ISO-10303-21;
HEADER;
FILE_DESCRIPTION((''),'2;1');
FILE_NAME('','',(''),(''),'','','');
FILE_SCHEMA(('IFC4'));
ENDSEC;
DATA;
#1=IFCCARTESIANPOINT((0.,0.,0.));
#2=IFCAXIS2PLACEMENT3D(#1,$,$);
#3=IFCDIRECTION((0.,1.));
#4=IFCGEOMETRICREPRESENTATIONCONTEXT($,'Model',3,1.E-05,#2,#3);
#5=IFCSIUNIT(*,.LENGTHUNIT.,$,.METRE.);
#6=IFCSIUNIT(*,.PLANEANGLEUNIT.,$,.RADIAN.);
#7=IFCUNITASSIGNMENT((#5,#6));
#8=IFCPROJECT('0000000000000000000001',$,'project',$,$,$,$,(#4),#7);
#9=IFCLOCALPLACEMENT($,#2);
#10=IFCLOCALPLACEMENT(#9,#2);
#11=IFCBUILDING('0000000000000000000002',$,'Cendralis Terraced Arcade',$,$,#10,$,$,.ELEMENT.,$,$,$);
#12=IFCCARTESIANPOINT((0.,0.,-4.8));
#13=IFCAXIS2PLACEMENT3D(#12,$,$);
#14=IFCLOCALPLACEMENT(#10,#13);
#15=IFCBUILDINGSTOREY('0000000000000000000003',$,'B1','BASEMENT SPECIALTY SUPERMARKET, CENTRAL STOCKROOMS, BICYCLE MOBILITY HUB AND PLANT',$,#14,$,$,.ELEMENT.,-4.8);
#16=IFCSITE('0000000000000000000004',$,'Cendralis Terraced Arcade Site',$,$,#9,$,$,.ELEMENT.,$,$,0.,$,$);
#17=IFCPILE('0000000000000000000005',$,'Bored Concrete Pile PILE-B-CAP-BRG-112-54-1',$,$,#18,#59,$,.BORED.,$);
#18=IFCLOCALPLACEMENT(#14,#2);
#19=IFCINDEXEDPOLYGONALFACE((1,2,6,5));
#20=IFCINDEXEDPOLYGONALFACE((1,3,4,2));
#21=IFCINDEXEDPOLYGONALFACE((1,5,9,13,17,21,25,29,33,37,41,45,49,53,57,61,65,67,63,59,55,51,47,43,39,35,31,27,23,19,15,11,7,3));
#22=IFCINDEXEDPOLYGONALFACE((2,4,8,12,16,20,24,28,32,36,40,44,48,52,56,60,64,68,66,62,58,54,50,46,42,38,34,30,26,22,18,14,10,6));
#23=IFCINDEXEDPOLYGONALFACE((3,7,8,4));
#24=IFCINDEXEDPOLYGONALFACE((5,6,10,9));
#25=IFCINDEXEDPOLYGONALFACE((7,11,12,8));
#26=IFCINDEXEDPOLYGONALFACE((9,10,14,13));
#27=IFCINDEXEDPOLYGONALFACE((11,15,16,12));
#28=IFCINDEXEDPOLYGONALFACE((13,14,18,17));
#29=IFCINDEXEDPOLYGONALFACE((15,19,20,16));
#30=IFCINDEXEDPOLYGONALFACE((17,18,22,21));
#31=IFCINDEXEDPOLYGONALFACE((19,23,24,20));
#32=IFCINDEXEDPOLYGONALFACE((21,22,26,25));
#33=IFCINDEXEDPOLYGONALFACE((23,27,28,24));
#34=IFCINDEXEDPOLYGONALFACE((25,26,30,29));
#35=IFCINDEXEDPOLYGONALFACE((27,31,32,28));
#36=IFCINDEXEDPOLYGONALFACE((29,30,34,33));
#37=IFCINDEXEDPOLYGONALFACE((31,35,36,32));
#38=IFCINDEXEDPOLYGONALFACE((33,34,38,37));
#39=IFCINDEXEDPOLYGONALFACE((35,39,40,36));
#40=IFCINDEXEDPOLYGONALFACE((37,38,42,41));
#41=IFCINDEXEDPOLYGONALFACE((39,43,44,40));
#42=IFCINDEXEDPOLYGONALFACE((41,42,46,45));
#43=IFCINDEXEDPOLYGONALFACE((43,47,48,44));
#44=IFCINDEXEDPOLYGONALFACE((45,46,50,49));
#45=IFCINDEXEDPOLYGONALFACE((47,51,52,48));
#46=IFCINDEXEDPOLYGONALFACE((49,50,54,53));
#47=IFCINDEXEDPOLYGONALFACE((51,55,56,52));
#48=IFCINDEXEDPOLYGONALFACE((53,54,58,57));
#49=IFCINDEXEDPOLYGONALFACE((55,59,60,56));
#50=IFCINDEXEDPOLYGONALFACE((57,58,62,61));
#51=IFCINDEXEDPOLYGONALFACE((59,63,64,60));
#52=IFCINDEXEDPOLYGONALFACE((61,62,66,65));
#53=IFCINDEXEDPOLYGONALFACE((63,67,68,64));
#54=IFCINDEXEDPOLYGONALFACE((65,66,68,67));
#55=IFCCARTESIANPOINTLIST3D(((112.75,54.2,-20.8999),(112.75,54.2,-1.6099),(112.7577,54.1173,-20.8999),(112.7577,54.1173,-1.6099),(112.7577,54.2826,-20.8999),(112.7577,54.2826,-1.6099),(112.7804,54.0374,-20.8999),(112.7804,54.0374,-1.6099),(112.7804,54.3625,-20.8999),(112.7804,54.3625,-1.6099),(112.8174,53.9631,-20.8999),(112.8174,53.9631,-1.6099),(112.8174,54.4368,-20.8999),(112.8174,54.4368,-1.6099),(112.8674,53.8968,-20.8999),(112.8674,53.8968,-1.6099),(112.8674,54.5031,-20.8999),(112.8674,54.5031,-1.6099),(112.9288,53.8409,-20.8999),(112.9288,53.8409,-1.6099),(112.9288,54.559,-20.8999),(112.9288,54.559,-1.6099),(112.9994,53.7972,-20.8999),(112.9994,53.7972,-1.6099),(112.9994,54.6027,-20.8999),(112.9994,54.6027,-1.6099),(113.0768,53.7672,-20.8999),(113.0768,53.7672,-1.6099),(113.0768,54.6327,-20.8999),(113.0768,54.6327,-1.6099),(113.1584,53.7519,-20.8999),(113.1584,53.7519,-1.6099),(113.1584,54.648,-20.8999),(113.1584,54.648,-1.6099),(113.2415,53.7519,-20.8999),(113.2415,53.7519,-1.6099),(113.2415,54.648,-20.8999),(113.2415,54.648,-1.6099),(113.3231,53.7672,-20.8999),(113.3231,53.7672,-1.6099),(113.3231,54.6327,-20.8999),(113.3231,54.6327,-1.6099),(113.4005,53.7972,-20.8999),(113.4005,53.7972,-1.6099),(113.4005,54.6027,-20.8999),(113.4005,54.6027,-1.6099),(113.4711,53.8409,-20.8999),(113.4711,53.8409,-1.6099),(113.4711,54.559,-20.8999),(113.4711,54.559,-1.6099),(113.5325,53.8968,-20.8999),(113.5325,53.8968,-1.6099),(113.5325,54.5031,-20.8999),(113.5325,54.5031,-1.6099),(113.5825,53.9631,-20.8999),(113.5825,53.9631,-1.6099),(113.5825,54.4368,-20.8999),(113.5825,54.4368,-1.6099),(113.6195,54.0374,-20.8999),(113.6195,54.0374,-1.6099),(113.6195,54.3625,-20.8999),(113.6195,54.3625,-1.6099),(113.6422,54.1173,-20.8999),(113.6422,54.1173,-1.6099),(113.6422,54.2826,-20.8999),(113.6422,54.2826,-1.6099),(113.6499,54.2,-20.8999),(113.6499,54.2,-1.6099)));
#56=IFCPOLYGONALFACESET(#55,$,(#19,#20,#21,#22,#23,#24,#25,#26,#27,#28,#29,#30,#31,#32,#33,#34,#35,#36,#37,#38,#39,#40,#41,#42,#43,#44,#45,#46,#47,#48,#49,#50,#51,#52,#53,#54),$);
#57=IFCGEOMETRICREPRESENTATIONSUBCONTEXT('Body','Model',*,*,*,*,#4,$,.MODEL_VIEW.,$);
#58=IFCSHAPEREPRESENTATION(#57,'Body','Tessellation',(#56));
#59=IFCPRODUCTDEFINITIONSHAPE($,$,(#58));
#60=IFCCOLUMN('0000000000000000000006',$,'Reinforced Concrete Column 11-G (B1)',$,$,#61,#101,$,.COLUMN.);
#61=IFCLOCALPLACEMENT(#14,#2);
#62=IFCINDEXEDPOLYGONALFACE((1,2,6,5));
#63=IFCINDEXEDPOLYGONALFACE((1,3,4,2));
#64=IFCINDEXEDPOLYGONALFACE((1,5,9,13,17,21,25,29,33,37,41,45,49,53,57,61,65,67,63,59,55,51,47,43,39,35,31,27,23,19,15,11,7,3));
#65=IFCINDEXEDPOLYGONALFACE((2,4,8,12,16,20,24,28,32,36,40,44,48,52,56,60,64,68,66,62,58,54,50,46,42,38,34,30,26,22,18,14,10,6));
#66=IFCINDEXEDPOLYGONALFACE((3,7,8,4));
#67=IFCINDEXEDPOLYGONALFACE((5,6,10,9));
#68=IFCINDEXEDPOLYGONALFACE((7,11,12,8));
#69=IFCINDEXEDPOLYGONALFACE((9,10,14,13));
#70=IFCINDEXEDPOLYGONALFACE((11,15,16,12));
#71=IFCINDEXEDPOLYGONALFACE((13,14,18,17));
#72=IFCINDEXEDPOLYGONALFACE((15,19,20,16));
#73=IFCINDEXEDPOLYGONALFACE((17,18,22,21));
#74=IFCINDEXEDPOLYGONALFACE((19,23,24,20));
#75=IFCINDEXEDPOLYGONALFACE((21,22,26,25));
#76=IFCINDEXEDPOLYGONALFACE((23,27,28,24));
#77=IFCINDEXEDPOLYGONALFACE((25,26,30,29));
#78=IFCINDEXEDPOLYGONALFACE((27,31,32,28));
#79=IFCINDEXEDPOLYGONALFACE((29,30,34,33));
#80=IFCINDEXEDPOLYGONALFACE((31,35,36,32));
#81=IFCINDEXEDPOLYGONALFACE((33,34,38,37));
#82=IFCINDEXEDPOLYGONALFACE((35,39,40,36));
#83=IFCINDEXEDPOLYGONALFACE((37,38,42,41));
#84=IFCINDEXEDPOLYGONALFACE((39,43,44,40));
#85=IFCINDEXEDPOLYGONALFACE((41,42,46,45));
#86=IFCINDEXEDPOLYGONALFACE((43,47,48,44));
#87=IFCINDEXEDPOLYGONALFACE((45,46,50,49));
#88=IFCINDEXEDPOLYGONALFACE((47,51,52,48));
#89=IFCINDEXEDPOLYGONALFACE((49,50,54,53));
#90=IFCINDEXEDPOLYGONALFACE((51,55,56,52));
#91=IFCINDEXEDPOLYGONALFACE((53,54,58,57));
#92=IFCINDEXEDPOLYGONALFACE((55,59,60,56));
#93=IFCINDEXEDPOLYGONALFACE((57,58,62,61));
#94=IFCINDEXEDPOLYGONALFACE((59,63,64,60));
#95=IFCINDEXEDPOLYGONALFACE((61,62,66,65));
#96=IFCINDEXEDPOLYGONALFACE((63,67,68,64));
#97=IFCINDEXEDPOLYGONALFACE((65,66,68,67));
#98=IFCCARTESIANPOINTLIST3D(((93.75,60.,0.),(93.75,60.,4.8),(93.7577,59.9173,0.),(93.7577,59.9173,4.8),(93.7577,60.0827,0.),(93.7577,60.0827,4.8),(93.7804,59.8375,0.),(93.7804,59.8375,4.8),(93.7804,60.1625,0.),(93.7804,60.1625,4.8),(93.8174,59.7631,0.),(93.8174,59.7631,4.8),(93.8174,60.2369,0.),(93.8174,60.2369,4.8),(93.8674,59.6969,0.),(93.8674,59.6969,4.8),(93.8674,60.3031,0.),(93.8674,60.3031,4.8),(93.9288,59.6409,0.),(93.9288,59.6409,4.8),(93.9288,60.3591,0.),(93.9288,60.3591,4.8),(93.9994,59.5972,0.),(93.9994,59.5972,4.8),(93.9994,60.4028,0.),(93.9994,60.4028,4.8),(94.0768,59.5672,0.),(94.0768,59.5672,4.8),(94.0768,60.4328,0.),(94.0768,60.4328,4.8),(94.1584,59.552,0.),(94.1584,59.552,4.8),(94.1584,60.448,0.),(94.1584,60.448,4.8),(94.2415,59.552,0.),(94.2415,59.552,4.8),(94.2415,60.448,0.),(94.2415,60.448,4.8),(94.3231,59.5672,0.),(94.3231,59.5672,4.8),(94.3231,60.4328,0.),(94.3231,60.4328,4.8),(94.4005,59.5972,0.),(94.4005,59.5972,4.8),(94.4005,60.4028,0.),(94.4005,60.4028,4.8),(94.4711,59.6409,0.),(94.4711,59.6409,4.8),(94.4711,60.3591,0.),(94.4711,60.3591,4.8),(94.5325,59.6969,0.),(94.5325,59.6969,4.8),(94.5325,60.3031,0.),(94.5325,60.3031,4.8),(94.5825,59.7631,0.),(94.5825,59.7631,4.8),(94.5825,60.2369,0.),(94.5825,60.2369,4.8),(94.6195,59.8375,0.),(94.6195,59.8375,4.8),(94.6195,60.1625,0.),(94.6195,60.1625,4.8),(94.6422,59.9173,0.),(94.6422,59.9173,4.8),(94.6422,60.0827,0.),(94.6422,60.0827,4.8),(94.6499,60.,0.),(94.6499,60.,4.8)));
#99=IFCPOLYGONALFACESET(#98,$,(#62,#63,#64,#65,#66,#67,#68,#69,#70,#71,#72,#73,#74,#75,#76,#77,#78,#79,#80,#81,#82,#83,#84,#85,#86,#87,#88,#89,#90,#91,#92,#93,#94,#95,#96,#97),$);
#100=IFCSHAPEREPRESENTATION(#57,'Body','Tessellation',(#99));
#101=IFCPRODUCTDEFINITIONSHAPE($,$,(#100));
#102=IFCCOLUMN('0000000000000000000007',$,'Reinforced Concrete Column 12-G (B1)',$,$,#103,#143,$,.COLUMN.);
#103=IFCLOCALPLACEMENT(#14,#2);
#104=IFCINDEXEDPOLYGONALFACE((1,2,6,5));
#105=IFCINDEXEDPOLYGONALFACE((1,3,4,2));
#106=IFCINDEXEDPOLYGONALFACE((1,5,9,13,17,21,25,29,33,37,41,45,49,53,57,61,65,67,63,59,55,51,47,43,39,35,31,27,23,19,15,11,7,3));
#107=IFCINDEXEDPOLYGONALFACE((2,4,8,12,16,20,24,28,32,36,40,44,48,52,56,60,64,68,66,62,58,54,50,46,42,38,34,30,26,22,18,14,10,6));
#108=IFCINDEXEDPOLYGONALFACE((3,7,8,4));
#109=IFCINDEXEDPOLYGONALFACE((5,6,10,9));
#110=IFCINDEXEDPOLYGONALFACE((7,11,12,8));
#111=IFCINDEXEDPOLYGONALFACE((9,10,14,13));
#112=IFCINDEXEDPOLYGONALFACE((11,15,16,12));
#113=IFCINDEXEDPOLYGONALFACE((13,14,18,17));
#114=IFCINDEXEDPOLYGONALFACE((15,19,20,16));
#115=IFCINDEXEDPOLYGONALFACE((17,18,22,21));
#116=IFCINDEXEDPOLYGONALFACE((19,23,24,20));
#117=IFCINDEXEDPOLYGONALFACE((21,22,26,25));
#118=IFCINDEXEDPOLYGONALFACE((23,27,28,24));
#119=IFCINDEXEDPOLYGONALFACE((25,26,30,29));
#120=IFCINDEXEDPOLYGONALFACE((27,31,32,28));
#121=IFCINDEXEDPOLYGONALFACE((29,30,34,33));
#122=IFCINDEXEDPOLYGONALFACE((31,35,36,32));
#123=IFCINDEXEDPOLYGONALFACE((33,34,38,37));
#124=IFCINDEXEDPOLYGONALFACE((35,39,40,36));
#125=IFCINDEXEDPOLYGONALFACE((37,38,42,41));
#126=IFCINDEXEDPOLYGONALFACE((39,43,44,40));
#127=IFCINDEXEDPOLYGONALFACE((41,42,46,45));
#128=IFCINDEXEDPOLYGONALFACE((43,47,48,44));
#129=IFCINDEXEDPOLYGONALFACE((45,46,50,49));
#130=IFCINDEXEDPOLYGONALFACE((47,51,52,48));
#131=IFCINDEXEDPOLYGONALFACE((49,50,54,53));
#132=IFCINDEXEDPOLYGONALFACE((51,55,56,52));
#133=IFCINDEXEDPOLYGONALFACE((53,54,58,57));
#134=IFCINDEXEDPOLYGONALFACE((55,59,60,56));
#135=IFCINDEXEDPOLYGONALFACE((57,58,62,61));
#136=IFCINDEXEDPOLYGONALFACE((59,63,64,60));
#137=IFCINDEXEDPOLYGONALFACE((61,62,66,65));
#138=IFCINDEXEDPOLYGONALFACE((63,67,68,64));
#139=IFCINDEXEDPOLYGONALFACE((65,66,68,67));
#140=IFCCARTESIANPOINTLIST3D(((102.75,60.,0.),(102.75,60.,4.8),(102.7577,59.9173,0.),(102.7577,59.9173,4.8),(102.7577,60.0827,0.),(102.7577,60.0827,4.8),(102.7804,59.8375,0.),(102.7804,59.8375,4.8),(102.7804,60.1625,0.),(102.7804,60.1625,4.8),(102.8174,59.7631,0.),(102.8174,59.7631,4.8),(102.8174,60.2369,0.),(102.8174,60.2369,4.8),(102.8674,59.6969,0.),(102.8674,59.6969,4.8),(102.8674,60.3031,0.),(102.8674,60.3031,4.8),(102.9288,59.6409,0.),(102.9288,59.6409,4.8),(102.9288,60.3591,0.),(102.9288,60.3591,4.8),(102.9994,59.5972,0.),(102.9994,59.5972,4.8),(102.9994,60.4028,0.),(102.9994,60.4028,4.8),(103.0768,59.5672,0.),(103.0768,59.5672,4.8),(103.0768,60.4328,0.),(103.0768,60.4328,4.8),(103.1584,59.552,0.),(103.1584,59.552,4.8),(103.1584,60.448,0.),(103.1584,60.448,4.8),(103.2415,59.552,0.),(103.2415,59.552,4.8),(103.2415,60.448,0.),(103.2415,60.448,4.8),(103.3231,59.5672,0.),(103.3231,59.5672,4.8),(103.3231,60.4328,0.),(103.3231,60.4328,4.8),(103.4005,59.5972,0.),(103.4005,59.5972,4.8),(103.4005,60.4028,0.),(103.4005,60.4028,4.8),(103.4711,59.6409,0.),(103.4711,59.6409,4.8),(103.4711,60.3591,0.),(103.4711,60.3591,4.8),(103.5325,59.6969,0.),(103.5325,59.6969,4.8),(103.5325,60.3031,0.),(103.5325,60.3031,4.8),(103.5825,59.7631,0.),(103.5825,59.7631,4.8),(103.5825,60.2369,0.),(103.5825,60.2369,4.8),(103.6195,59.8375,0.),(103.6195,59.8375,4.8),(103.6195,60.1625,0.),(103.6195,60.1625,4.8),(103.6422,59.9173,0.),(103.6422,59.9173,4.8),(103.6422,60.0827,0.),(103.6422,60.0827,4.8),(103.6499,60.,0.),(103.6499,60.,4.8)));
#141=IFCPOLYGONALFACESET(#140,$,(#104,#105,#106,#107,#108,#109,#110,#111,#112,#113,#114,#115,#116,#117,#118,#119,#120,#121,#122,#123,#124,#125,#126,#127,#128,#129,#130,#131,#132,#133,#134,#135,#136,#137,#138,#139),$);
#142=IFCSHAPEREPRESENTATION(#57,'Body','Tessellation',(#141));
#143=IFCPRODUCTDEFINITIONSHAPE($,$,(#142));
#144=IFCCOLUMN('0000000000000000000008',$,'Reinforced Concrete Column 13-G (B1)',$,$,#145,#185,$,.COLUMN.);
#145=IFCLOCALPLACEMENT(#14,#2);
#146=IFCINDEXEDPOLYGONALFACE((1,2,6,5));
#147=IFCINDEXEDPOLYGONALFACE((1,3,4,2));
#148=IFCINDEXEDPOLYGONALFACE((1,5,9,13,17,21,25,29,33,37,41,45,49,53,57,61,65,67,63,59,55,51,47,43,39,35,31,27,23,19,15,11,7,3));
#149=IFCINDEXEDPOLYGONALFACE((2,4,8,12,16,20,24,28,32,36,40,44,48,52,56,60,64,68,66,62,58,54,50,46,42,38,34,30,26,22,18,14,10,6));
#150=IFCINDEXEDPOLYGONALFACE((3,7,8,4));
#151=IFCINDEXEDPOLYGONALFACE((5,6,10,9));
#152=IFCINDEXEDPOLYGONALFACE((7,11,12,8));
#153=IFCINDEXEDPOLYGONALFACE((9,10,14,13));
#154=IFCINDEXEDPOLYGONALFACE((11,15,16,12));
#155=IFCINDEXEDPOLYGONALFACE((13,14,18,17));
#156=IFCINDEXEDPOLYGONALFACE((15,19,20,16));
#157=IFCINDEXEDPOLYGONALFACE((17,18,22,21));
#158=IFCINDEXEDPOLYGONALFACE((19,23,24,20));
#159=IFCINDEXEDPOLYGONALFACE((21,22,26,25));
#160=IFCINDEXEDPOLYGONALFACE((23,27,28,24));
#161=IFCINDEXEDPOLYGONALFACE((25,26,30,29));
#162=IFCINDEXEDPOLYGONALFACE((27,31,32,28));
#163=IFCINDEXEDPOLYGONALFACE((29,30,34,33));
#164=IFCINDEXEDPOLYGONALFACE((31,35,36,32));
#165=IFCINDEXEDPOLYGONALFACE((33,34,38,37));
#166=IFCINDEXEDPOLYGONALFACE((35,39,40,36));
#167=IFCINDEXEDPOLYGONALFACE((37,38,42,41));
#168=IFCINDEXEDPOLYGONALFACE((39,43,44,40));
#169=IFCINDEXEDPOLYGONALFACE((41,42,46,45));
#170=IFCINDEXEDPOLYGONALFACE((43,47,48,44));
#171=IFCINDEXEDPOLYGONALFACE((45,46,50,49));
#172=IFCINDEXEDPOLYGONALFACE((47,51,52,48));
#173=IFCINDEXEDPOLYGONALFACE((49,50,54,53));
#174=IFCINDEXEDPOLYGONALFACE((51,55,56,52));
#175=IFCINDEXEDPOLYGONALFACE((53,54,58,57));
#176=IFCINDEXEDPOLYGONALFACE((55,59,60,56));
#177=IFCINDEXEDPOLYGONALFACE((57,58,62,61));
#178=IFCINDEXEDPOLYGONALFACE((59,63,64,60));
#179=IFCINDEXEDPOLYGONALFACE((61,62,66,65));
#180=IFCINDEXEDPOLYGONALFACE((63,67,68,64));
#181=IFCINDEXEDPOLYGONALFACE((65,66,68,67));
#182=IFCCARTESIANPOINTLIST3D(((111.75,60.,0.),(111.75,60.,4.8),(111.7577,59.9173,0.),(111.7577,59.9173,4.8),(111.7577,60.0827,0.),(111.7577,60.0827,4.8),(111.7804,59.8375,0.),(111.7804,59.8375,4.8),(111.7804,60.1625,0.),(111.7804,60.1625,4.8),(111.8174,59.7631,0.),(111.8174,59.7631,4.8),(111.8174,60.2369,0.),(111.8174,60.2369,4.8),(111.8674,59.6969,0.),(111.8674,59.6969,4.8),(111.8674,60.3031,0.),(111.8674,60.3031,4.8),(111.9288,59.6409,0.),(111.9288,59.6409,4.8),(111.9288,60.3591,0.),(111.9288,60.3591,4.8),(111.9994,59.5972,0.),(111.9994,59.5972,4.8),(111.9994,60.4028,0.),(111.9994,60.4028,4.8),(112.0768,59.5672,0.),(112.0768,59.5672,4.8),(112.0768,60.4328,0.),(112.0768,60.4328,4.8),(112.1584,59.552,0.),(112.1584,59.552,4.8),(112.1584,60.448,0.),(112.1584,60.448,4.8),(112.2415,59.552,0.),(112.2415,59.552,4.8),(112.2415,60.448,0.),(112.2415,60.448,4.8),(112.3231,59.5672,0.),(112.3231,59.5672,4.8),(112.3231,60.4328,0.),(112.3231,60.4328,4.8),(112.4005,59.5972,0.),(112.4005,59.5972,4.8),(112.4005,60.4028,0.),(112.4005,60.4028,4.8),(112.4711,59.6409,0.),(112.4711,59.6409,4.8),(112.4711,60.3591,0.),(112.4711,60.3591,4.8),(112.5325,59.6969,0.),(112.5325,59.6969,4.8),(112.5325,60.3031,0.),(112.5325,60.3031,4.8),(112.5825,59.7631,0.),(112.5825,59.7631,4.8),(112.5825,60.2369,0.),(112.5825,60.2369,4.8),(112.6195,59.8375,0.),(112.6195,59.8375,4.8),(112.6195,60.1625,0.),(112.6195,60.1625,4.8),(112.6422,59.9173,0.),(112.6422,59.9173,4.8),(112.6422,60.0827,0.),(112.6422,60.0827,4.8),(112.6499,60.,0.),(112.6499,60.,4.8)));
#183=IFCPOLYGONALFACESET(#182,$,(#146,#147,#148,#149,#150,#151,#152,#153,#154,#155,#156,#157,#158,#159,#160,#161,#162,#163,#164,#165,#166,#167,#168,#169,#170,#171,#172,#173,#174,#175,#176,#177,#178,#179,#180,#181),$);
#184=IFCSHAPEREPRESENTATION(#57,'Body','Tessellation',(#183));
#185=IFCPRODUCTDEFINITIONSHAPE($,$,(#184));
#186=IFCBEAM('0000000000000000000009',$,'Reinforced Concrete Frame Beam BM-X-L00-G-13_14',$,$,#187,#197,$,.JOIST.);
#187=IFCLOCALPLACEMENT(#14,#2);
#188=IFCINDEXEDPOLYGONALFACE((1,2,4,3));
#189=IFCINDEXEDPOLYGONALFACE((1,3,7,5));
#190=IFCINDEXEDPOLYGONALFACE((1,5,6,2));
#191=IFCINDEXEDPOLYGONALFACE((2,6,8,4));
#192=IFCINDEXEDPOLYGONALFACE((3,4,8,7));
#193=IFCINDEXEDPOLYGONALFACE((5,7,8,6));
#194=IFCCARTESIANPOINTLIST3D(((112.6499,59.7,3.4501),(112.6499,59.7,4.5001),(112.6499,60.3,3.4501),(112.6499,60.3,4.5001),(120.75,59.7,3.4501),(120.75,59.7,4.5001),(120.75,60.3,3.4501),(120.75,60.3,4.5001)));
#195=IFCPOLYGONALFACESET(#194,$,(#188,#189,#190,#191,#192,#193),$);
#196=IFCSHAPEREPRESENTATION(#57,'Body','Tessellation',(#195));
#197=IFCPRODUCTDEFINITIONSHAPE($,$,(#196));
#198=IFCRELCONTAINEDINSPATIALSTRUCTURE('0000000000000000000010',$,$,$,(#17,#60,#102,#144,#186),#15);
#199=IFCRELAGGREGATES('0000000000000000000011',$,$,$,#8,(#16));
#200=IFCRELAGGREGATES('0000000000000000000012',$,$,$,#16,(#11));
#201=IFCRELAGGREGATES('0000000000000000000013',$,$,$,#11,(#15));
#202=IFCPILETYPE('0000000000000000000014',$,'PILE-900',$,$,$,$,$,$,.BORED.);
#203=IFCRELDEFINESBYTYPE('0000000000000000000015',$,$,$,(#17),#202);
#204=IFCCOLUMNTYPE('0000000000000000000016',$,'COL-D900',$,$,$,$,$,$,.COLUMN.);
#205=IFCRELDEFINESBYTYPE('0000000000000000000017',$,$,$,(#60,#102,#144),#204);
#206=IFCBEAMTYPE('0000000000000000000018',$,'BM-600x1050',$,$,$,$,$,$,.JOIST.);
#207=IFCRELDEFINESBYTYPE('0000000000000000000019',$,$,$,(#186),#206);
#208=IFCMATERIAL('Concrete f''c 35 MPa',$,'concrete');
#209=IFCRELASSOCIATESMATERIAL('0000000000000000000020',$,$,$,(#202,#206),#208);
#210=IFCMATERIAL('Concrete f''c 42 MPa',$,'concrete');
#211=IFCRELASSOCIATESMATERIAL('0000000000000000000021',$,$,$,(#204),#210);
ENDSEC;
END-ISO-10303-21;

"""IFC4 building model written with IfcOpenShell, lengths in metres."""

from ifc_helpers import new_model, si_unit, direction, frame, origin, origin_2d, place, context, subcontext, project, spatial, rectangle, circle, extrude, material, material_profile, profile_set, type_object, element, save


model = new_model("IFC4")

# Units and contexts
model_context = context("Model", 3, precision=1e-05, world=origin(), true_north=direction((0.0, 1.0)))
body_context = subcontext(model_context, "Body", "Model", "MODEL_VIEW")
ifc_project = project(units=[si_unit("LENGTHUNIT", "METRE"), si_unit("PLANEANGLEUNIT", "RADIAN")], contexts=[model_context])

# Site, building, storey
site_placement = place(None, origin())
site = spatial("IfcSite", under=ifc_project, at=site_placement, Name="Cendralis Terraced Arcade Site", CompositionType="ELEMENT", RefElevation=0.0)
building_placement = place(site_placement, origin())
building = spatial("IfcBuilding", under=site, at=building_placement, Name="Cendralis Terraced Arcade", CompositionType="ELEMENT")
storey_placement = place(building_placement, frame((0.0, 0.0, -4.8)))
storey = spatial("IfcBuildingStorey", under=building, at=storey_placement, Name="B1", Description="BASEMENT SPECIALTY SUPERMARKET, CENTRAL STOCKROOMS, BICYCLE MOBILITY HUB AND PLANT", CompositionType="ELEMENT", Elevation=-4.8)

# Shared definitions
ifc_material_1 = material(Name="Concrete f'c 35 MPa", Category="concrete")

# Pile
ifc_material_profile_1 = material_profile(ifc_material_1, circle(Radius=0.45, at=origin_2d()), Name="PILE-D900", Category="LoadBearing")
ifc_profile_set_1 = profile_set([ifc_material_profile_1], Name="Concrete f'c 35 MPa")
pile_type_1 = type_object("IfcPileType", Name="PILE-900", PredefinedType="BORED", material=ifc_profile_set_1)
for number, where, z_axis, x_axis, name in (
    (1, (113.2, 54.2, -1.6099), (0.0, 0.0, -1.0), (1.0, 0.0, 0.0), "Bored Concrete Pile PILE-B-CAP-BRG-112-54-1"),
):
    element("IfcPile", number, at=place(storey_placement, frame(where, z_axis=z_axis, x_axis=x_axis)), inside=storey, type_object=pile_type_1, Name=name, PredefinedType="BORED", context=body_context, shape_type="SweptSolid", body=[
        extrude(circle(Radius=0.45, at=origin_2d()), origin(), (0.0, 0.0, 1.0), 19.29),
    ])

# Columns
ifc_material_2 = material(Name="Concrete f'c 42 MPa", Category="concrete")
ifc_material_profile_2 = material_profile(ifc_material_2, circle(Radius=0.45, at=origin_2d()), Name="RC-COL-D900", Category="LoadBearing")
ifc_profile_set_2 = profile_set([ifc_material_profile_2], Name="Concrete f'c 42 MPa")
column_type = type_object("IfcColumnType", Name="COL-D900", PredefinedType="COLUMN", material=ifc_profile_set_2)
for number, where, z_axis, x_axis, name in (
    (2, (94.2, 60.0, 0.0), (0.0, 0.0, 1.0), (1.0, 0.0, 0.0), "Reinforced Concrete Column 11-G (B1)"),
    (3, (103.2, 60.0, 0.0), (0.0, 0.0, 1.0), (1.0, 0.0, 0.0), "Reinforced Concrete Column 12-G (B1)"),
    (4, (112.2, 60.0, 0.0), (0.0, 0.0, 1.0), (1.0, 0.0, 0.0), "Reinforced Concrete Column 13-G (B1)"),
):
    element("IfcColumn", number, at=place(storey_placement, frame(where, z_axis=z_axis, x_axis=x_axis)), inside=storey, type_object=column_type, Name=name, PredefinedType="COLUMN", context=body_context, shape_type="SweptSolid", body=[
        extrude(circle(Radius=0.45, at=origin_2d()), origin(), (0.0, 0.0, 1.0), 4.8),
    ])

# Beam
ifc_material_profile_3 = material_profile(ifc_material_1, rectangle(XDim=0.6001, YDim=1.05, at=origin_2d()), Name="RC-BM-600x1050", Category="LoadBearing")
ifc_profile_set_3 = profile_set([ifc_material_profile_3], Name="Concrete f'c 35 MPa")
beam_type = type_object("IfcBeamType", Name="BM-600x1050", PredefinedType="JOIST", material=ifc_profile_set_3)
beam_placement = place(storey_placement, frame((112.6499, 60.0, 3.9751), z_axis=(1.0, 0.0, 0.0), x_axis=(0.0, 1.0, 0.0)))
element("IfcBeam", 5, at=beam_placement, inside=storey, type_object=beam_type, Name="Reinforced Concrete Frame Beam BM-X-L00-G-13_14", PredefinedType="JOIST", context=body_context, shape_type="SweptSolid", body=[
    extrude(rectangle(XDim=0.6001, YDim=1.05, at=origin_2d()), origin(), (0.0, 0.0, 1.0), 8.1001),
])

save(model, "model.ifc")
